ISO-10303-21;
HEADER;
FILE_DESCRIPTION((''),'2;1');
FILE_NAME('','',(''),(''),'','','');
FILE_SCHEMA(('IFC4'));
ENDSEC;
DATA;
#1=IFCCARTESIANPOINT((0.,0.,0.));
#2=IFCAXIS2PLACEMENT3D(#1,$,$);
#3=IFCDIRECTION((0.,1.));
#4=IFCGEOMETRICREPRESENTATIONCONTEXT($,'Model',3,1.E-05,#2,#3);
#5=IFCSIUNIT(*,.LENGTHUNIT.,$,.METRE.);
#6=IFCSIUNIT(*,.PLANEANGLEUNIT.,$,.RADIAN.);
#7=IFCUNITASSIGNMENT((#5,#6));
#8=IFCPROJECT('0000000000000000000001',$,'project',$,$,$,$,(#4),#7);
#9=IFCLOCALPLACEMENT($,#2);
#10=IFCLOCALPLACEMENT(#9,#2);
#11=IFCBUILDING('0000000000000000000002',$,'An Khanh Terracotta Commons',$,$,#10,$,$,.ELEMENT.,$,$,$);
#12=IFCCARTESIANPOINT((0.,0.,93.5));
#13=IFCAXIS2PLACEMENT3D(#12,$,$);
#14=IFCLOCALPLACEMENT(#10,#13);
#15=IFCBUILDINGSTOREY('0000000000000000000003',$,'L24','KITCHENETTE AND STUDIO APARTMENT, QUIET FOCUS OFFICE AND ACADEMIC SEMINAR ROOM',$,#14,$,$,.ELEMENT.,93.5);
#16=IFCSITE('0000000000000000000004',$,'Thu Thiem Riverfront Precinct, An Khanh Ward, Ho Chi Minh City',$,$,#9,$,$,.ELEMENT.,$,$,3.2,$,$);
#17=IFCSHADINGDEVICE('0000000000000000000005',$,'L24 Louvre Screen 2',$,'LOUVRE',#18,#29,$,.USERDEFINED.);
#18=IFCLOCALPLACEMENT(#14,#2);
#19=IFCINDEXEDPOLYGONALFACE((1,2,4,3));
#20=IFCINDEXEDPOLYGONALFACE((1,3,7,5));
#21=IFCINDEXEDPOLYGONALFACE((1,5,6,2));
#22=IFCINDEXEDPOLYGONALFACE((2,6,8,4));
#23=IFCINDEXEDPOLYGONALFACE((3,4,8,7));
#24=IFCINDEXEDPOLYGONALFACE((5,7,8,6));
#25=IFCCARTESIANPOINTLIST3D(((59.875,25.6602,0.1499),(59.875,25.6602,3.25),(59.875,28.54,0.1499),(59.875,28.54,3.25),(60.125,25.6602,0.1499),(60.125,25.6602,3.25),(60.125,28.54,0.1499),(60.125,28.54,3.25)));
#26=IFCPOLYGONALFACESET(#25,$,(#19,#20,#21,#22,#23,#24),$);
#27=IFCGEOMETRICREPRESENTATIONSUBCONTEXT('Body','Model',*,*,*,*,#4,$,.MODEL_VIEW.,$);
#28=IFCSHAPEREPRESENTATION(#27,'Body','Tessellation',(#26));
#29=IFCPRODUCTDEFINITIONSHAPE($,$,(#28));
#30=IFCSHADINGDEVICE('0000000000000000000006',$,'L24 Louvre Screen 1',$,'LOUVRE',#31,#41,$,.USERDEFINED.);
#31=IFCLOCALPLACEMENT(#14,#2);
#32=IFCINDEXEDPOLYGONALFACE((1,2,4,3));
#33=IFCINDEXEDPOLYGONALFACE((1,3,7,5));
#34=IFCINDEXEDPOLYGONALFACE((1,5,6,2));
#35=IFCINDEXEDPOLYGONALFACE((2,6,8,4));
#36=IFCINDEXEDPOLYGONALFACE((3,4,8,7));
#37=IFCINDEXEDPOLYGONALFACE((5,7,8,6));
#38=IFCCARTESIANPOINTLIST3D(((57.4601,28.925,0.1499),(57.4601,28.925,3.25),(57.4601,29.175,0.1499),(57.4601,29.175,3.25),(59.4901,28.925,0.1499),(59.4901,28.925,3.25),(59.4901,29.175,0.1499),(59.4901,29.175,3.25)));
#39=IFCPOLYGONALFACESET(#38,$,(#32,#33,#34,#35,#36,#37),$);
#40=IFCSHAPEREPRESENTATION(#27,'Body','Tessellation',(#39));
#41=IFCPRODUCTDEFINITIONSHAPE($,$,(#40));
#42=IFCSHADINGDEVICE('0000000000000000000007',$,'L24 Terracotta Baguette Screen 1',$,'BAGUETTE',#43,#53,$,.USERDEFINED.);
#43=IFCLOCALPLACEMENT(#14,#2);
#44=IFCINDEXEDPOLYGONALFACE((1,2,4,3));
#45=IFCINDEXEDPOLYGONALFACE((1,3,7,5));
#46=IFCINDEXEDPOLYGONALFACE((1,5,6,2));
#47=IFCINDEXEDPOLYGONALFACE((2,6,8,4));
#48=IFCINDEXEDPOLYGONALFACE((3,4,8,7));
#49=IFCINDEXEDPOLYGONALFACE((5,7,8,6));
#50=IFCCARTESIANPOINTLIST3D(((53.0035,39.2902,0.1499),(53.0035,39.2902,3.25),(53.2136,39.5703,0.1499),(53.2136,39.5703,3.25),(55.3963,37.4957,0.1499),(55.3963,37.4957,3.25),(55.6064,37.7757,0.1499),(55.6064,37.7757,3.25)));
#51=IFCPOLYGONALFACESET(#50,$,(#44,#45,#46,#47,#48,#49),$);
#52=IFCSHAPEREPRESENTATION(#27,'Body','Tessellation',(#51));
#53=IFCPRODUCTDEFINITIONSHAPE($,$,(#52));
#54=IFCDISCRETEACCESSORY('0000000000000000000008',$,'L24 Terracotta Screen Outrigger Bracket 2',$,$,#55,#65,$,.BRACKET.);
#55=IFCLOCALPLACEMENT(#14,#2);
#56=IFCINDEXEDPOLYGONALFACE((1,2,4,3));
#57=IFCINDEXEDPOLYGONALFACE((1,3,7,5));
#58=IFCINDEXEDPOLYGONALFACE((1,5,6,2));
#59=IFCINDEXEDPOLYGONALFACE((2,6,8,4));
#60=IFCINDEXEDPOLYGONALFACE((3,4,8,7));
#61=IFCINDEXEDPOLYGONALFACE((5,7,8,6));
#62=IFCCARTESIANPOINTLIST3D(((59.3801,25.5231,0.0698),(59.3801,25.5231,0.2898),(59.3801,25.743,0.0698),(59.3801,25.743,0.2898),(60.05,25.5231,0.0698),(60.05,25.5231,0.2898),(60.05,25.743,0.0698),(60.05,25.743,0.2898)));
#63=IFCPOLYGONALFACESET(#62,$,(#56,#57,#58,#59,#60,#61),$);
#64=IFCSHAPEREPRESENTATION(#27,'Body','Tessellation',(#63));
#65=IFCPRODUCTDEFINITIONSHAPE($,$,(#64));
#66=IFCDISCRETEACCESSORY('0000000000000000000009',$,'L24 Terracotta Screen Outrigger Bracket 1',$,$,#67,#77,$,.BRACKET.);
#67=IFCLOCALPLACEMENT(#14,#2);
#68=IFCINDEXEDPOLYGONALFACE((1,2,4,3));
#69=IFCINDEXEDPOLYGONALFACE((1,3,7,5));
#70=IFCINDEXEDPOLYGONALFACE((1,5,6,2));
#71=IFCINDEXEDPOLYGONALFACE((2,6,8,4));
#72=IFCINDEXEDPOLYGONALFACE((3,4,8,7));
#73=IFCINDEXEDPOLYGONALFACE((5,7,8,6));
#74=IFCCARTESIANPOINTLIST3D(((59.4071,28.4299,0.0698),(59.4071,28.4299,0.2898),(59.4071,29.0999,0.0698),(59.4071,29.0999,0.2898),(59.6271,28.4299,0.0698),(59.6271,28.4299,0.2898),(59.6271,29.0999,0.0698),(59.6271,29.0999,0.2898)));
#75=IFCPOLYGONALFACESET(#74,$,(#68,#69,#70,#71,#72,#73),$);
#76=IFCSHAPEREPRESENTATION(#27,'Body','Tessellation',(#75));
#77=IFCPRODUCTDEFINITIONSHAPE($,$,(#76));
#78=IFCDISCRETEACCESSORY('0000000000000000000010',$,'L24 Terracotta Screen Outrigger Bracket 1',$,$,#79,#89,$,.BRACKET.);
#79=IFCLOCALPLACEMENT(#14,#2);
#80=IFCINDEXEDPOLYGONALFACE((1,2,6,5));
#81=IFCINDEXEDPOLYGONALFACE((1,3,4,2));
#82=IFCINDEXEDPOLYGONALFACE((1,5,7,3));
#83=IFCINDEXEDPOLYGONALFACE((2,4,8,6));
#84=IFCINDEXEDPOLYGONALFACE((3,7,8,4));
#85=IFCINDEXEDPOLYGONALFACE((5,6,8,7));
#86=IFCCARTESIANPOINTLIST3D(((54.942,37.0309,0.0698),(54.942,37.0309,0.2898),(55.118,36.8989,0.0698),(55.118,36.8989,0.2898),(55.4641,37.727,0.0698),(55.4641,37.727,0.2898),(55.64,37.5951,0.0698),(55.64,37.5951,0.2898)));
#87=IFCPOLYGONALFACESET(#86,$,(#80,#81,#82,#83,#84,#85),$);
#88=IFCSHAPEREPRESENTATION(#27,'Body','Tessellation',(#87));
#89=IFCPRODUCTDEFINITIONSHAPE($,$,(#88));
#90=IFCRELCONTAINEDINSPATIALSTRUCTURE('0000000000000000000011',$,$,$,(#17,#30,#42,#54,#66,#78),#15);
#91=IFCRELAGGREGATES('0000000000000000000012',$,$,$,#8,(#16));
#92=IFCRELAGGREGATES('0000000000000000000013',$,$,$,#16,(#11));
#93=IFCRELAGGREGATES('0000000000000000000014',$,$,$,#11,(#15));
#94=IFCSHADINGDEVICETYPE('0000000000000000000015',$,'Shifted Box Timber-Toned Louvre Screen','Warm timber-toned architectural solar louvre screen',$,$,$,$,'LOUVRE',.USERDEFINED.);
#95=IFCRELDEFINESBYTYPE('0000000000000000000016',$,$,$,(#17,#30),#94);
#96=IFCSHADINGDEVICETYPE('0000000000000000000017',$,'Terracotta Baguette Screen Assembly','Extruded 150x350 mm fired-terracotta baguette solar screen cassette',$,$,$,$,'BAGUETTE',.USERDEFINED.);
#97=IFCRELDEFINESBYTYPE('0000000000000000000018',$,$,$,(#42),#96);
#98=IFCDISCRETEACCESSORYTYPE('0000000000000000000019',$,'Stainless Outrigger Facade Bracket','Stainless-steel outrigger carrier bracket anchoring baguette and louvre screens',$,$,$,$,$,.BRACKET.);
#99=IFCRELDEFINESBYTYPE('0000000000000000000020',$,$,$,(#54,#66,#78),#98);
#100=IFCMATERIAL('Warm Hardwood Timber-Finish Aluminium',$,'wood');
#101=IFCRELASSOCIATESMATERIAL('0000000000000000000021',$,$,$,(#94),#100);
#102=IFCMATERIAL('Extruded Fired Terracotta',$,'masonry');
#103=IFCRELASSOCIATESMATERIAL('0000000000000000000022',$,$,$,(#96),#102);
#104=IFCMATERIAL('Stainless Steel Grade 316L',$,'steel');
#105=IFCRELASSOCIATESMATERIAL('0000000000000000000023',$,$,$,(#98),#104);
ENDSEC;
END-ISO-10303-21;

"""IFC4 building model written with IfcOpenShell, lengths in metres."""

from ifc_helpers import new_model, si_unit, direction, frame, origin, origin_2d, place, context, subcontext, project, spatial, rectangle, extrude, material, type_object, element, save


model = new_model("IFC4")

# Units and contexts
model_context = context("Model", 3, precision=1e-05, world=origin(), true_north=direction((0.0, 1.0)))
body_context = subcontext(model_context, "Body", "Model", "MODEL_VIEW")
ifc_project = project(units=[si_unit("LENGTHUNIT", "METRE"), si_unit("PLANEANGLEUNIT", "RADIAN")], contexts=[model_context])

# Site, building, storey
site_placement = place(None, origin())
site = spatial("IfcSite", under=ifc_project, at=site_placement, Name="Thu Thiem Riverfront Precinct, An Khanh Ward, Ho Chi Minh City", CompositionType="ELEMENT", RefElevation=3.2)
building_placement = place(site_placement, origin())
building = spatial("IfcBuilding", under=site, at=building_placement, Name="An Khanh Terracotta Commons", CompositionType="ELEMENT")
storey_placement = place(building_placement, frame((0.0, 0.0, 93.5)))
storey = spatial("IfcBuildingStorey", under=building, at=storey_placement, Name="L24", Description="KITCHENETTE AND STUDIO APARTMENT, QUIET FOCUS OFFICE AND ACADEMIC SEMINAR ROOM", CompositionType="ELEMENT", Elevation=93.5)

# Shading devices
ifc_material_1 = material(Name="Warm Hardwood Timber-Finish Aluminium", Category="wood")
shading_device_type_1 = type_object("IfcShadingDeviceType", Name="Shifted Box Timber-Toned Louvre Screen", Description="Warm timber-toned architectural solar louvre screen", ElementType="LOUVRE", PredefinedType="USERDEFINED", material=ifc_material_1)
shading_device_1_placement = place(storey_placement, frame((60.0, 27.1001, 0.1499), z_axis=(0.0, 0.0, 1.0), x_axis=(0.0, 1.0, 0.0)))
element("IfcShadingDevice", 1, at=shading_device_1_placement, inside=storey, type_object=shading_device_type_1, Name="L24 Louvre Screen 2", ObjectType="LOUVRE", PredefinedType="USERDEFINED", context=body_context, shape_type="SweptSolid", body=[
    extrude(rectangle(XDim=2.8799, YDim=0.25, at=origin_2d()), origin(), (0.0, 0.0, 1.0), 3.1001),
])
shading_device_2_placement = place(storey_placement, frame((58.4751, 29.05, 0.1499), z_axis=(0.0, 0.0, 1.0), x_axis=(-1.0, 0.0, 0.0)))
element("IfcShadingDevice", 2, at=shading_device_2_placement, inside=storey, type_object=shading_device_type_1, Name="L24 Louvre Screen 1", ObjectType="LOUVRE", PredefinedType="USERDEFINED", context=body_context, shape_type="SweptSolid", body=[
    extrude(rectangle(XDim=2.03, YDim=0.25, at=origin_2d()), origin(), (0.0, 0.0, 1.0), 3.1001),
])
ifc_material_2 = material(Name="Extruded Fired Terracotta", Category="masonry")
shading_device_type_2 = type_object("IfcShadingDeviceType", Name="Terracotta Baguette Screen Assembly", Description="Extruded 150x350 mm fired-terracotta baguette solar screen cassette", ElementType="BAGUETTE", PredefinedType="USERDEFINED", material=ifc_material_2)
shading_device_3_placement = place(storey_placement, frame((54.3049, 38.533, 0.1499), z_axis=(0.0, 0.0, 1.0), x_axis=(-0.800013, 0.599983, 0.0)))
element("IfcShadingDevice", 3, at=shading_device_3_placement, inside=storey, type_object=shading_device_type_2, Name="L24 Terracotta Baguette Screen 1", ObjectType="BAGUETTE", PredefinedType="USERDEFINED", context=body_context, shape_type="SweptSolid", body=[
    extrude(rectangle(XDim=2.991, YDim=0.3501, at=origin_2d()), origin(), (0.0, 0.0, 1.0), 3.1001),
])

# Discrete accessories
ifc_material_3 = material(Name="Stainless Steel Grade 316L", Category="steel")
discrete_accessory_type = type_object("IfcDiscreteAccessoryType", Name="Stainless Outrigger Facade Bracket", Description="Stainless-steel outrigger carrier bracket anchoring baguette and louvre screens", PredefinedType="BRACKET", material=ifc_material_3)
for number, where, z_axis, x_axis, name in (
    (4, (59.7151, 25.6331, 0.0698), (0.0, 0.0, 1.0), (0.0, 1.0, 0.0), "L24 Terracotta Screen Outrigger Bracket 2"),
    (5, (59.5171, 28.7649, 0.0698), (0.0, 0.0, 1.0), (-1.0, 0.0, 0.0), "L24 Terracotta Screen Outrigger Bracket 1"),
):
    element("IfcDiscreteAccessory", number, at=place(storey_placement, frame(where, z_axis=z_axis, x_axis=x_axis)), inside=storey, type_object=discrete_accessory_type, Name=name, PredefinedType="BRACKET", context=body_context, shape_type="SweptSolid", body=[
        extrude(rectangle(XDim=0.22, YDim=0.6699, at=origin_2d()), origin(), (0.0, 0.0, 1.0), 0.22),
    ])
discrete_accessory_placement = place(storey_placement, frame((55.291, 37.313, 0.0698), z_axis=(0.0, 0.0, 1.0), x_axis=(-0.800013, 0.599983, 0.0)))
element("IfcDiscreteAccessory", 6, at=discrete_accessory_placement, inside=storey, type_object=discrete_accessory_type, Name="L24 Terracotta Screen Outrigger Bracket 1", PredefinedType="BRACKET", context=body_context, shape_type="SweptSolid", body=[
    extrude(rectangle(XDim=0.22, YDim=0.8701, at=origin_2d()), origin(), (0.0, 0.0, 1.0), 0.22),
])

save(model, "model.ifc")
